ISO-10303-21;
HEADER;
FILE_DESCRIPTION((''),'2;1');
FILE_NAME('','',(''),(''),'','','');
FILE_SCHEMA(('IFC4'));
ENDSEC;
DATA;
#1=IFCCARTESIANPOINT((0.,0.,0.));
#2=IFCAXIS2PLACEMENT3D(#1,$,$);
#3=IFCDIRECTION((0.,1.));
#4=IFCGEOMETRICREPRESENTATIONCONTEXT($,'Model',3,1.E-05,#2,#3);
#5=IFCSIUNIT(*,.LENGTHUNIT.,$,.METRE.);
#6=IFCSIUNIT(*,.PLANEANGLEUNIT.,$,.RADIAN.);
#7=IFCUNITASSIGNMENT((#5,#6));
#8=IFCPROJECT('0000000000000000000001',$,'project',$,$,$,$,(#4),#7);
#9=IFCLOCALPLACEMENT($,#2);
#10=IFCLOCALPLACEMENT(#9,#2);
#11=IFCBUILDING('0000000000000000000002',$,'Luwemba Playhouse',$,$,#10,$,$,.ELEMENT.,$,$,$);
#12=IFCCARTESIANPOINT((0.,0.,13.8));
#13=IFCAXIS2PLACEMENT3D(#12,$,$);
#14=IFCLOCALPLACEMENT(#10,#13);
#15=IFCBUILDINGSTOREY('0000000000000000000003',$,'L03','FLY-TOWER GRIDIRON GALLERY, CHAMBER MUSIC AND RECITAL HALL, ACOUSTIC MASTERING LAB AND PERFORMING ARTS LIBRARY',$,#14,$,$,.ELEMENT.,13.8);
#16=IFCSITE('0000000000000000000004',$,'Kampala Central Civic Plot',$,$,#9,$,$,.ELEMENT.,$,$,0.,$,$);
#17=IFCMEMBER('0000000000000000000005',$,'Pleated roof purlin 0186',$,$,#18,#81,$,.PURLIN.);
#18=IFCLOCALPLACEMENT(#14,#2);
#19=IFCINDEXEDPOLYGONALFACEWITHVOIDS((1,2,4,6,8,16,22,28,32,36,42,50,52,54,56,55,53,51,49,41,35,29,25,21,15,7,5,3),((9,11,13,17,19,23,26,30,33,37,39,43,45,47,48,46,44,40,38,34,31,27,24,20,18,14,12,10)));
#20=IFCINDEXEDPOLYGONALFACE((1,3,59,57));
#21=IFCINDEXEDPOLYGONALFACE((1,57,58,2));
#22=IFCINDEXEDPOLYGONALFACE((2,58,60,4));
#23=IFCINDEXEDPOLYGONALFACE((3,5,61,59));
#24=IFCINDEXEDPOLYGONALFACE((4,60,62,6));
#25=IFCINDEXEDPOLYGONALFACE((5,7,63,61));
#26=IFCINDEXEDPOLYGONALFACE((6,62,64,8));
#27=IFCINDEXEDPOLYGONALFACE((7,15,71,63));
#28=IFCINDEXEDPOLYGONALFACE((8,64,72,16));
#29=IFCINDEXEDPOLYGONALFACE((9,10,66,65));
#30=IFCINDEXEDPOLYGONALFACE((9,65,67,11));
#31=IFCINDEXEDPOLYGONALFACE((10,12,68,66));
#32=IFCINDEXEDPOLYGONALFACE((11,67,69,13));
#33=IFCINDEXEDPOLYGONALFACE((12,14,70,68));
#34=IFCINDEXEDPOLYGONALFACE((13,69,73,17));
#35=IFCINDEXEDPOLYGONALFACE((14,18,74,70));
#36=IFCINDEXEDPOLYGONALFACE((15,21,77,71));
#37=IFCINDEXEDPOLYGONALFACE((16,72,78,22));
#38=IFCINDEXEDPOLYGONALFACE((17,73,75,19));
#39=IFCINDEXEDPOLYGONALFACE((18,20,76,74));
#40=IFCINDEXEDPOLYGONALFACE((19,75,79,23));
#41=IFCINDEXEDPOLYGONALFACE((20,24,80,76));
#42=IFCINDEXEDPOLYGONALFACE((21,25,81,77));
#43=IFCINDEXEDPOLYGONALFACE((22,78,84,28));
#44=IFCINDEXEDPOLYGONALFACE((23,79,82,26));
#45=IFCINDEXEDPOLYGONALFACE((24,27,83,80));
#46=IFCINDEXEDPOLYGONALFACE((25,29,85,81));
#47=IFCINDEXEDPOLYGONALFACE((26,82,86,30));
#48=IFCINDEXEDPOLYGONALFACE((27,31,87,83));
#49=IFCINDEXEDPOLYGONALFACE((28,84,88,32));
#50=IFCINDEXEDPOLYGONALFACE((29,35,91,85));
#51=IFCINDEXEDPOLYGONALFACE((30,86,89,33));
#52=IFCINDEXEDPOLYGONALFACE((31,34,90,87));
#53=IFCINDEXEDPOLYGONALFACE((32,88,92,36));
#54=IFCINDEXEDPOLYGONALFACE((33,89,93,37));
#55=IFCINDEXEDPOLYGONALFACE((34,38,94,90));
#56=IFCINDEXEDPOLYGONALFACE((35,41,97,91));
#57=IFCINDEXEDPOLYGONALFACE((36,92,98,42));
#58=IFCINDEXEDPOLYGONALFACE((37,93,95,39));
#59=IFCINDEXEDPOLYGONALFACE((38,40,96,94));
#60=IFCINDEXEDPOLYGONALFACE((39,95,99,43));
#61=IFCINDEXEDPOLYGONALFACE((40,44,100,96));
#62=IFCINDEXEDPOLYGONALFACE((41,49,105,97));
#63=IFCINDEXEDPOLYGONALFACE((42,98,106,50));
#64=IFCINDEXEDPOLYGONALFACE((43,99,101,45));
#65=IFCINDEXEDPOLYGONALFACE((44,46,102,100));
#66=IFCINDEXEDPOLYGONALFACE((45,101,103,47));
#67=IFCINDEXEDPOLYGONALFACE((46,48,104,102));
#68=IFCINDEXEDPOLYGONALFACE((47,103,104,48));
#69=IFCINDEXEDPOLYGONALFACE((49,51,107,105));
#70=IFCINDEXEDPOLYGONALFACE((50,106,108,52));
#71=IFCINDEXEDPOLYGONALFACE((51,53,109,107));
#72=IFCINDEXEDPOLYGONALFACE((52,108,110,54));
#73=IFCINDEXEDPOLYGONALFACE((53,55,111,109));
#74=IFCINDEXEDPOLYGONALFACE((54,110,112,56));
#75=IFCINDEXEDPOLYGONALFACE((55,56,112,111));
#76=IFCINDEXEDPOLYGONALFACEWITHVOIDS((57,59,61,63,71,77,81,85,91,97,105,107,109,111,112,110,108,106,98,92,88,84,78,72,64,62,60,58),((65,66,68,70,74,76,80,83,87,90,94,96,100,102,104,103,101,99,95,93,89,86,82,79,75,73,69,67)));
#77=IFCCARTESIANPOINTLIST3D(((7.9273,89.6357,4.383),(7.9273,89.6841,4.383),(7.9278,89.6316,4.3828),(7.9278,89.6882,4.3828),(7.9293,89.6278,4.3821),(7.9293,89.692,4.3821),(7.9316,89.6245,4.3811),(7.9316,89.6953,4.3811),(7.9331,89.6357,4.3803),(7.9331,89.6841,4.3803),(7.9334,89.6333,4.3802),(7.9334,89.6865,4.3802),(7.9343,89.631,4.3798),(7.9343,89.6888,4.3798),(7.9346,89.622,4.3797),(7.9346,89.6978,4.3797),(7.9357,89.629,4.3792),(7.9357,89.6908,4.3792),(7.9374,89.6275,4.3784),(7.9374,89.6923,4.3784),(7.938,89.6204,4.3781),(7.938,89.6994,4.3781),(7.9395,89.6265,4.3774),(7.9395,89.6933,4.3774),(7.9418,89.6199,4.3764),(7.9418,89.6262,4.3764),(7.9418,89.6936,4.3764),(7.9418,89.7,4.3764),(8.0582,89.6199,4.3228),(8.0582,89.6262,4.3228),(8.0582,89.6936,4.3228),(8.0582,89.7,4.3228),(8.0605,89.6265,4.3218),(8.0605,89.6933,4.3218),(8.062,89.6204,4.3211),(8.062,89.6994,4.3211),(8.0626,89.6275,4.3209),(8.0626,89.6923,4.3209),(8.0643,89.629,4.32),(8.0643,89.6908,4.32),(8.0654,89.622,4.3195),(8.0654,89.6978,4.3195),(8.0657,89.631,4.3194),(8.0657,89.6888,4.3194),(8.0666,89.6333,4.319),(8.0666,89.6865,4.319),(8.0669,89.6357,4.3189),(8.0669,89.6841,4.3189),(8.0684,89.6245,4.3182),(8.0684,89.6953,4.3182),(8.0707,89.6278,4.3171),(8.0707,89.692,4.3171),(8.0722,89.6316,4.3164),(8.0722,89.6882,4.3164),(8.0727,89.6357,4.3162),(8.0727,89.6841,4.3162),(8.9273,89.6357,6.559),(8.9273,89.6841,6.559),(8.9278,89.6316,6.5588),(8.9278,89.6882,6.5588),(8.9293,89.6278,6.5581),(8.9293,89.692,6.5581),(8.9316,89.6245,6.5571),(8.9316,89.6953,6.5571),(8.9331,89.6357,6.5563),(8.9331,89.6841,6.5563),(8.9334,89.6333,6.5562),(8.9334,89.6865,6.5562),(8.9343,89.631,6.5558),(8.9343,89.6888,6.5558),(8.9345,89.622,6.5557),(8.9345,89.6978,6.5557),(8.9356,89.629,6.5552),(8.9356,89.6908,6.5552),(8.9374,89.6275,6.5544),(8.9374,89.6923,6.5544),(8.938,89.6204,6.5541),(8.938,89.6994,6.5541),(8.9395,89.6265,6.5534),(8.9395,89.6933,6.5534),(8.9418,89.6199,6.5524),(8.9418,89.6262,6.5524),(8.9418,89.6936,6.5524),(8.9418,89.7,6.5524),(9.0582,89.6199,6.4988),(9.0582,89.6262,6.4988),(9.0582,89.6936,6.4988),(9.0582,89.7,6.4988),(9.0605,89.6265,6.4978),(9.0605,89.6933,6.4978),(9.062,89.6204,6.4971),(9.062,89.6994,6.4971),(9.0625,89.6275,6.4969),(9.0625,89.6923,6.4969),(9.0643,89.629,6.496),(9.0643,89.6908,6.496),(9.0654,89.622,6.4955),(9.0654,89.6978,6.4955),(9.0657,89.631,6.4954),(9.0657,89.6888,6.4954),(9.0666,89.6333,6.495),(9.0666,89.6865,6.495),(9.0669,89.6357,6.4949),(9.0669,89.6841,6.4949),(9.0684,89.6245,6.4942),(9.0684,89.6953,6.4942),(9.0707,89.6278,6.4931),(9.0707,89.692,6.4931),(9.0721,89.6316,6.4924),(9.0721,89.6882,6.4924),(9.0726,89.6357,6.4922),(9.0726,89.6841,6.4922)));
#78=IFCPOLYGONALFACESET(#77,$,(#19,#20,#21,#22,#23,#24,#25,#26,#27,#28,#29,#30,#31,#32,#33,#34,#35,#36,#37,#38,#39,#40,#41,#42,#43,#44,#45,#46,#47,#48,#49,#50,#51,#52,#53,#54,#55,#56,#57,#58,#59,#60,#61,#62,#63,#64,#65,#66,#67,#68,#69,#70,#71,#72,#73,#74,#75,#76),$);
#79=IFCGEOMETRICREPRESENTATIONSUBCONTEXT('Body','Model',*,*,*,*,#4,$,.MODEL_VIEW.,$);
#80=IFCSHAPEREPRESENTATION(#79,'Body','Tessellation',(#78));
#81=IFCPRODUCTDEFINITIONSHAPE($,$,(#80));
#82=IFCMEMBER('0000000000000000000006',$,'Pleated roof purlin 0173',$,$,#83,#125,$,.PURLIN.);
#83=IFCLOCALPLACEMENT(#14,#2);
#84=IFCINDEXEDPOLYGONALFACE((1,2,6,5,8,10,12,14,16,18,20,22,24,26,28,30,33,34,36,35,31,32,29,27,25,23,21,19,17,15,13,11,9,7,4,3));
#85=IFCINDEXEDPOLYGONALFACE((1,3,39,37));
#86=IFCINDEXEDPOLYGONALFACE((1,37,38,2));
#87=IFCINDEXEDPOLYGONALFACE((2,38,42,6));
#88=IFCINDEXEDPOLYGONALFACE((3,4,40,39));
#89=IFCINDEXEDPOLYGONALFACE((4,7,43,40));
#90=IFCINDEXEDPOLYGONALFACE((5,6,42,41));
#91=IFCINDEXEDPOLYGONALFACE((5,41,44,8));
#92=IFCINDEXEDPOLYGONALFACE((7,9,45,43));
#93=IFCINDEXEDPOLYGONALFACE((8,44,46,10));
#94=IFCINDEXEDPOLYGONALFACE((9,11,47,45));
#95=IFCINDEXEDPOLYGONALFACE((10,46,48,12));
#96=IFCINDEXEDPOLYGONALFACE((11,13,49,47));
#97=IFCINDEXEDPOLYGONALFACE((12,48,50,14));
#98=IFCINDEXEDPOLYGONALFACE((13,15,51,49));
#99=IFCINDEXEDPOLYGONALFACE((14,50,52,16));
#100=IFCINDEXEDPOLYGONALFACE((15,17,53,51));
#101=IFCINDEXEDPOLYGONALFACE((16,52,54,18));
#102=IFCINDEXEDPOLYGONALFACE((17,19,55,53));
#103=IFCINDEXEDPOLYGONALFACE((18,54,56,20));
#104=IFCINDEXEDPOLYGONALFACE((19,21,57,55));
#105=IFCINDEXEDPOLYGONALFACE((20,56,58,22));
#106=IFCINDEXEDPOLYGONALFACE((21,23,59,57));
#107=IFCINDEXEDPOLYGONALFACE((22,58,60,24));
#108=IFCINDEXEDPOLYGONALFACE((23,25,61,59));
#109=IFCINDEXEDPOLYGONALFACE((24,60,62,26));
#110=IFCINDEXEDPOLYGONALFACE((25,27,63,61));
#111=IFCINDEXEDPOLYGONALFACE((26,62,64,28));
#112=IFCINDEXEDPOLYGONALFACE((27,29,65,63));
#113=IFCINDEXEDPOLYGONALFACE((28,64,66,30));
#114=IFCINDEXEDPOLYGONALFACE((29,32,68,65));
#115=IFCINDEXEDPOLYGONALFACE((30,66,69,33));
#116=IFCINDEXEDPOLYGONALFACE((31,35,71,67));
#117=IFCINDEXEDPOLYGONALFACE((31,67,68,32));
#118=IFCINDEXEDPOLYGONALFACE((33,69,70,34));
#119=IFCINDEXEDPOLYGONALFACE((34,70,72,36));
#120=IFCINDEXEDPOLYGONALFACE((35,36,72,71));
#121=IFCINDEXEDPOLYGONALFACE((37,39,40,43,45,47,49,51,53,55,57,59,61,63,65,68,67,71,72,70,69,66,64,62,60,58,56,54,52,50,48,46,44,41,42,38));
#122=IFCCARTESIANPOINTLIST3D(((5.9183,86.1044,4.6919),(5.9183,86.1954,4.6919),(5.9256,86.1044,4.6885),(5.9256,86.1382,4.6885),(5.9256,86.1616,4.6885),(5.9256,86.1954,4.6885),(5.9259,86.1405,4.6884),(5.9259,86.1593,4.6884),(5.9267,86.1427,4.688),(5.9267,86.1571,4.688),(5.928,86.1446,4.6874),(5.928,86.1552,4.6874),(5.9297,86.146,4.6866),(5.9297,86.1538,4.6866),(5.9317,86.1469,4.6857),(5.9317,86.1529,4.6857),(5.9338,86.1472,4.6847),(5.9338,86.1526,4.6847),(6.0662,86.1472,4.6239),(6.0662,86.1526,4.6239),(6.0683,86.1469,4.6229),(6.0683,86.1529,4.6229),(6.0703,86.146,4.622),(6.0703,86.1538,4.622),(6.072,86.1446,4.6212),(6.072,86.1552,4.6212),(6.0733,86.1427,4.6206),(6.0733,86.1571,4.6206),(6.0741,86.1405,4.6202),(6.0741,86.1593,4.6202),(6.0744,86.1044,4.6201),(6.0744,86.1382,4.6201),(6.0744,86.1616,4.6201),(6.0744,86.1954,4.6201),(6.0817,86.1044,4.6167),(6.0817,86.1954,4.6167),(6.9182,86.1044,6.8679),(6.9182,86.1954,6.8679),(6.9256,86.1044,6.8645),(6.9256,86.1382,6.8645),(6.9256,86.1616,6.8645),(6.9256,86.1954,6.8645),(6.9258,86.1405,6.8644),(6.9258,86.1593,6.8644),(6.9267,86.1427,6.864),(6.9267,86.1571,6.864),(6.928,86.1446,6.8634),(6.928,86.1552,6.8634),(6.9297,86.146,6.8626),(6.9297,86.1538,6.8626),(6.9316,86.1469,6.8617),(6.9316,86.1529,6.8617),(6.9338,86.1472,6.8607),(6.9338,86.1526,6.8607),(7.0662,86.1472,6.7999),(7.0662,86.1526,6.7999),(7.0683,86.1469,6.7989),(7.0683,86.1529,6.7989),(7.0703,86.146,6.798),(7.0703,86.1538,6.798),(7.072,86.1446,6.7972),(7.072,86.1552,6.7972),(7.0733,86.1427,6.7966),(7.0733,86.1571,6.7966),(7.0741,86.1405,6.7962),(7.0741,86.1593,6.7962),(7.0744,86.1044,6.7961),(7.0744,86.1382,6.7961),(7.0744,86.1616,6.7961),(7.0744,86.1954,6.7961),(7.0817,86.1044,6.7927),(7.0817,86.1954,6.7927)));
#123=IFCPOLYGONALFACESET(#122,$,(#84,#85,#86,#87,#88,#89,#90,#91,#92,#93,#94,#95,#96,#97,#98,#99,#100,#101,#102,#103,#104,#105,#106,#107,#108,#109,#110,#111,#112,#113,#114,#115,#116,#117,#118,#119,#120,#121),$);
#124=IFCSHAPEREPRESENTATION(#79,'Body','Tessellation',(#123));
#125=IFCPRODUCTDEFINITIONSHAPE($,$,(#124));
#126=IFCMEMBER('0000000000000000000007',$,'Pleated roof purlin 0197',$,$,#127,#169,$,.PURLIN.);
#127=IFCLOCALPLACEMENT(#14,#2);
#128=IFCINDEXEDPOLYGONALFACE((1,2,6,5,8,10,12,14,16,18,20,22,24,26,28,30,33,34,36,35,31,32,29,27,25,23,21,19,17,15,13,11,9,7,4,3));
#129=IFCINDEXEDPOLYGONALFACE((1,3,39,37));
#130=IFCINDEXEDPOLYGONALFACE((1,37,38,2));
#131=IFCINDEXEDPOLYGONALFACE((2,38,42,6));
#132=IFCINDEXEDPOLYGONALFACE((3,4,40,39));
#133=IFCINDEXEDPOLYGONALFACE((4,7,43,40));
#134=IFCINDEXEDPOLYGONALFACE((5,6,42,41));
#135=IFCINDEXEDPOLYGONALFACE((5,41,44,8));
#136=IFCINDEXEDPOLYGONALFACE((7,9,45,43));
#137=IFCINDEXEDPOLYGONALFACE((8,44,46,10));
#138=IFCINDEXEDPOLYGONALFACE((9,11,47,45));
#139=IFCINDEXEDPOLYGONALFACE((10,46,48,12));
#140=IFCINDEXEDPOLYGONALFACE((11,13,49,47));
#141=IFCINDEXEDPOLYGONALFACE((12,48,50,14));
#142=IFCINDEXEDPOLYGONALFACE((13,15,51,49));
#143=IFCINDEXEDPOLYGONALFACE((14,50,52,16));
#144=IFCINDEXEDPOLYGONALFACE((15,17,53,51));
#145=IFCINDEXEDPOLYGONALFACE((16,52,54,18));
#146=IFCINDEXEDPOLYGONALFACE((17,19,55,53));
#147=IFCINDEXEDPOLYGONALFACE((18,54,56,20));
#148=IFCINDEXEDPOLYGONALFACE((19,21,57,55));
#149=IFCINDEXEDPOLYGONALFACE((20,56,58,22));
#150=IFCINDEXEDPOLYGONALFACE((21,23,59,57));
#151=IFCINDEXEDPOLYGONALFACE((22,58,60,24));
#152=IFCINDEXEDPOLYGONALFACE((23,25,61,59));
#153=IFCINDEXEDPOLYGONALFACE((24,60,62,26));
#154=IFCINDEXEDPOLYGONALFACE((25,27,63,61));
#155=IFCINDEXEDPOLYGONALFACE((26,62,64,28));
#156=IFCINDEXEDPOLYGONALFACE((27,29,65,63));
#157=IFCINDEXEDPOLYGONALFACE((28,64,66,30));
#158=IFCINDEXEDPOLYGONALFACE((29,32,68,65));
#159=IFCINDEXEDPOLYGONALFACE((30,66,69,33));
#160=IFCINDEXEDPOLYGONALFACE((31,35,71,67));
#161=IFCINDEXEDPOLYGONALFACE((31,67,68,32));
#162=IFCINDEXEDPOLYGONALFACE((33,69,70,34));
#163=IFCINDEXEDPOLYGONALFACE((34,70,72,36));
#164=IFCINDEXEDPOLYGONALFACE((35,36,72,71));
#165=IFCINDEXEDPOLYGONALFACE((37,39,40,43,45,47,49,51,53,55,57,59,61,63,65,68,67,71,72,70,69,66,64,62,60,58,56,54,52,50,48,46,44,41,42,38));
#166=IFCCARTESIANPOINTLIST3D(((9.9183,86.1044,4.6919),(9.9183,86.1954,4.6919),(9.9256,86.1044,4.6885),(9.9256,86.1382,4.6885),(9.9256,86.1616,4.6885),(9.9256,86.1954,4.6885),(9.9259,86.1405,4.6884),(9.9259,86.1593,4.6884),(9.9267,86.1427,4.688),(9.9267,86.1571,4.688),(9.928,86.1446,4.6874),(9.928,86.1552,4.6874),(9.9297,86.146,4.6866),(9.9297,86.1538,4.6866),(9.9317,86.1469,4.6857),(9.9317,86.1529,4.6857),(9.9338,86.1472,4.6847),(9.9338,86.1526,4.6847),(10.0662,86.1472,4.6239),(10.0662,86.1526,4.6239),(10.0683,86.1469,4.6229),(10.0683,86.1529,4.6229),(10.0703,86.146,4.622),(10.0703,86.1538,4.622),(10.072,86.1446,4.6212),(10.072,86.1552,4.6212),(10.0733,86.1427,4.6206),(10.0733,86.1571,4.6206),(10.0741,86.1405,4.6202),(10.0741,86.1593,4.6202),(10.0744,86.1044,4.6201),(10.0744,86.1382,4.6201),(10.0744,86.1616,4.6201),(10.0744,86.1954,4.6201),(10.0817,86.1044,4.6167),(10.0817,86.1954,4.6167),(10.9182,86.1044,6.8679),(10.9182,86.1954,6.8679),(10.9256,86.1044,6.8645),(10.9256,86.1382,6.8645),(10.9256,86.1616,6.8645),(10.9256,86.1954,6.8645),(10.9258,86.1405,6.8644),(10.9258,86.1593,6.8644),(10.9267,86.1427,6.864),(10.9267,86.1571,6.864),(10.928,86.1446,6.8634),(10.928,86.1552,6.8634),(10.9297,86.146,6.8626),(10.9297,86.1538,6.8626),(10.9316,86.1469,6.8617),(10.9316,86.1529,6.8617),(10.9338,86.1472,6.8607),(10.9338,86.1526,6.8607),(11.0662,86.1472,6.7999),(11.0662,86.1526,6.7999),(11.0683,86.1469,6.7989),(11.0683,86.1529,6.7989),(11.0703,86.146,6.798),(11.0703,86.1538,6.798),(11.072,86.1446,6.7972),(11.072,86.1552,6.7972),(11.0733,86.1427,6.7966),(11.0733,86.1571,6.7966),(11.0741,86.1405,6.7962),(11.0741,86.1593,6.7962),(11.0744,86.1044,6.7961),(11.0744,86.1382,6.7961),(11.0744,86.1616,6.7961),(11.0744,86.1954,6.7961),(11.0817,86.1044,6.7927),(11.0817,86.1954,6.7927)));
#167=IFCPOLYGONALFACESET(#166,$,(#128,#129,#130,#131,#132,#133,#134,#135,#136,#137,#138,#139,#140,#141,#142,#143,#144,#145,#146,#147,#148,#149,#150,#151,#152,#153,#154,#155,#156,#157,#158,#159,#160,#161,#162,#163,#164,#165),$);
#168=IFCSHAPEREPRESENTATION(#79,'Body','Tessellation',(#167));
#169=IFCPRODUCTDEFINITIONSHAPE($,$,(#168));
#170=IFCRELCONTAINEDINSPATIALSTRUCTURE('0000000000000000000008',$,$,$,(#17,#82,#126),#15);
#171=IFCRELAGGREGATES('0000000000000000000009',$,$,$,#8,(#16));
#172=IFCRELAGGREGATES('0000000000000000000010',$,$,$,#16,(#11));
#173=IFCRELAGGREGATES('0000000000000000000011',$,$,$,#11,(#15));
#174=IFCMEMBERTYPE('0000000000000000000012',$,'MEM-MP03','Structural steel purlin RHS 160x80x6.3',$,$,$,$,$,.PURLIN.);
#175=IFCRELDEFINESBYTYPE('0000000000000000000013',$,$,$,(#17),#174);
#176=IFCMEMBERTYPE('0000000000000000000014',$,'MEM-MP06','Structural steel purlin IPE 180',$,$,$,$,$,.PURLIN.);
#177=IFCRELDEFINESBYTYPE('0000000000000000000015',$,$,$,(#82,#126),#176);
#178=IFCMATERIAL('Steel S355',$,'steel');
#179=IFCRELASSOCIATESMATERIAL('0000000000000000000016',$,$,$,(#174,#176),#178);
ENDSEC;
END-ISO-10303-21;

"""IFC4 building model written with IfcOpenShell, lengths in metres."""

from ifc_helpers import new_model, si_unit, direction, frame, origin, origin_2d, place, context, subcontext, project, spatial, hollow_rectangle, i_section, extrude, material, material_profile, profile_set, type_object, element, save


model = new_model("IFC4")

# Units and contexts
model_context = context("Model", 3, precision=1e-05, world=origin(), true_north=direction((0.0, 1.0)))
body_context = subcontext(model_context, "Body", "Model", "MODEL_VIEW")
ifc_project = project(units=[si_unit("LENGTHUNIT", "METRE"), si_unit("PLANEANGLEUNIT", "RADIAN")], contexts=[model_context])

# Site, building, storey
site_placement = place(None, origin())
site = spatial("IfcSite", under=ifc_project, at=site_placement, Name="Kampala Central Civic Plot", CompositionType="ELEMENT", RefElevation=0.0)
building_placement = place(site_placement, origin())
building = spatial("IfcBuilding", under=site, at=building_placement, Name="Luwemba Playhouse", CompositionType="ELEMENT")
storey_placement = place(building_placement, frame((0.0, 0.0, 13.8)))
storey = spatial("IfcBuildingStorey", under=building, at=storey_placement, Name="L03", Description="FLY-TOWER GRIDIRON GALLERY, CHAMBER MUSIC AND RECITAL HALL, ACOUSTIC MASTERING LAB AND PERFORMING ARTS LIBRARY", CompositionType="ELEMENT", Elevation=13.8)

# Shared definitions
ifc_material_1 = material(Name="Steel S355", Category="steel")

# Members
ifc_material_profile_1 = material_profile(ifc_material_1, hollow_rectangle(XDim=0.0801, YDim=0.1599, WallThickness=0.0063, InnerFilletRadius=0.0095, OuterFilletRadius=0.0159, at=origin_2d()))
ifc_profile_set_1 = profile_set([ifc_material_profile_1], Name="Steel S355")
member_type_1 = type_object("IfcMemberType", Name="MEM-MP03", Description="Structural steel purlin RHS 160x80x6.3", PredefinedType="PURLIN", material=ifc_profile_set_1)
for number, where, z_axis, x_axis, name in (
    (1, (8.0, 89.6599, 4.3496), (0.417571, 0.0, 0.908644), (0.0, 1.0, 0.0), "Pleated roof purlin 0186"),
):
    element("IfcMember", number, at=place(storey_placement, frame(where, z_axis=z_axis, x_axis=x_axis)), inside=storey, type_object=member_type_1, Name=name, PredefinedType="PURLIN", context=body_context, shape_type="SweptSolid", body=[
        extrude(hollow_rectangle(XDim=0.0801, YDim=0.1599, WallThickness=0.0063, InnerFilletRadius=0.0095, OuterFilletRadius=0.0159, at=origin_2d()), origin(), (0.0, 0.0, 1.0), 2.3948),
    ])
ifc_material_profile_2 = material_profile(ifc_material_1, i_section(OverallWidth=0.0911, OverallDepth=0.1799, WebThickness=0.0054, FlangeThickness=0.0081, FilletRadius=0.009, at=origin_2d()))
ifc_profile_set_2 = profile_set([ifc_material_profile_2], Name="Steel S355")
member_type_2 = type_object("IfcMemberType", Name="MEM-MP06", Description="Structural steel purlin IPE 180", PredefinedType="PURLIN", material=ifc_profile_set_2)
for number, where, z_axis, x_axis, name in (
    (2, (6.0, 86.1499, 4.6543), (0.417571, 0.0, 0.908644), (0.0, 1.0, 0.0), "Pleated roof purlin 0173"),
    (3, (10.0, 86.1499, 4.6543), (0.417571, 0.0, 0.908644), (0.0, 1.0, 0.0), "Pleated roof purlin 0197"),
):
    element("IfcMember", number, at=place(storey_placement, frame(where, z_axis=z_axis, x_axis=x_axis)), inside=storey, type_object=member_type_2, Name=name, PredefinedType="PURLIN", context=body_context, shape_type="SweptSolid", body=[
        extrude(i_section(OverallWidth=0.0911, OverallDepth=0.1799, WebThickness=0.0054, FlangeThickness=0.0081, FilletRadius=0.009, at=origin_2d()), origin(), (0.0, 0.0, 1.0), 2.3948),
    ])

save(model, "model.ifc")
